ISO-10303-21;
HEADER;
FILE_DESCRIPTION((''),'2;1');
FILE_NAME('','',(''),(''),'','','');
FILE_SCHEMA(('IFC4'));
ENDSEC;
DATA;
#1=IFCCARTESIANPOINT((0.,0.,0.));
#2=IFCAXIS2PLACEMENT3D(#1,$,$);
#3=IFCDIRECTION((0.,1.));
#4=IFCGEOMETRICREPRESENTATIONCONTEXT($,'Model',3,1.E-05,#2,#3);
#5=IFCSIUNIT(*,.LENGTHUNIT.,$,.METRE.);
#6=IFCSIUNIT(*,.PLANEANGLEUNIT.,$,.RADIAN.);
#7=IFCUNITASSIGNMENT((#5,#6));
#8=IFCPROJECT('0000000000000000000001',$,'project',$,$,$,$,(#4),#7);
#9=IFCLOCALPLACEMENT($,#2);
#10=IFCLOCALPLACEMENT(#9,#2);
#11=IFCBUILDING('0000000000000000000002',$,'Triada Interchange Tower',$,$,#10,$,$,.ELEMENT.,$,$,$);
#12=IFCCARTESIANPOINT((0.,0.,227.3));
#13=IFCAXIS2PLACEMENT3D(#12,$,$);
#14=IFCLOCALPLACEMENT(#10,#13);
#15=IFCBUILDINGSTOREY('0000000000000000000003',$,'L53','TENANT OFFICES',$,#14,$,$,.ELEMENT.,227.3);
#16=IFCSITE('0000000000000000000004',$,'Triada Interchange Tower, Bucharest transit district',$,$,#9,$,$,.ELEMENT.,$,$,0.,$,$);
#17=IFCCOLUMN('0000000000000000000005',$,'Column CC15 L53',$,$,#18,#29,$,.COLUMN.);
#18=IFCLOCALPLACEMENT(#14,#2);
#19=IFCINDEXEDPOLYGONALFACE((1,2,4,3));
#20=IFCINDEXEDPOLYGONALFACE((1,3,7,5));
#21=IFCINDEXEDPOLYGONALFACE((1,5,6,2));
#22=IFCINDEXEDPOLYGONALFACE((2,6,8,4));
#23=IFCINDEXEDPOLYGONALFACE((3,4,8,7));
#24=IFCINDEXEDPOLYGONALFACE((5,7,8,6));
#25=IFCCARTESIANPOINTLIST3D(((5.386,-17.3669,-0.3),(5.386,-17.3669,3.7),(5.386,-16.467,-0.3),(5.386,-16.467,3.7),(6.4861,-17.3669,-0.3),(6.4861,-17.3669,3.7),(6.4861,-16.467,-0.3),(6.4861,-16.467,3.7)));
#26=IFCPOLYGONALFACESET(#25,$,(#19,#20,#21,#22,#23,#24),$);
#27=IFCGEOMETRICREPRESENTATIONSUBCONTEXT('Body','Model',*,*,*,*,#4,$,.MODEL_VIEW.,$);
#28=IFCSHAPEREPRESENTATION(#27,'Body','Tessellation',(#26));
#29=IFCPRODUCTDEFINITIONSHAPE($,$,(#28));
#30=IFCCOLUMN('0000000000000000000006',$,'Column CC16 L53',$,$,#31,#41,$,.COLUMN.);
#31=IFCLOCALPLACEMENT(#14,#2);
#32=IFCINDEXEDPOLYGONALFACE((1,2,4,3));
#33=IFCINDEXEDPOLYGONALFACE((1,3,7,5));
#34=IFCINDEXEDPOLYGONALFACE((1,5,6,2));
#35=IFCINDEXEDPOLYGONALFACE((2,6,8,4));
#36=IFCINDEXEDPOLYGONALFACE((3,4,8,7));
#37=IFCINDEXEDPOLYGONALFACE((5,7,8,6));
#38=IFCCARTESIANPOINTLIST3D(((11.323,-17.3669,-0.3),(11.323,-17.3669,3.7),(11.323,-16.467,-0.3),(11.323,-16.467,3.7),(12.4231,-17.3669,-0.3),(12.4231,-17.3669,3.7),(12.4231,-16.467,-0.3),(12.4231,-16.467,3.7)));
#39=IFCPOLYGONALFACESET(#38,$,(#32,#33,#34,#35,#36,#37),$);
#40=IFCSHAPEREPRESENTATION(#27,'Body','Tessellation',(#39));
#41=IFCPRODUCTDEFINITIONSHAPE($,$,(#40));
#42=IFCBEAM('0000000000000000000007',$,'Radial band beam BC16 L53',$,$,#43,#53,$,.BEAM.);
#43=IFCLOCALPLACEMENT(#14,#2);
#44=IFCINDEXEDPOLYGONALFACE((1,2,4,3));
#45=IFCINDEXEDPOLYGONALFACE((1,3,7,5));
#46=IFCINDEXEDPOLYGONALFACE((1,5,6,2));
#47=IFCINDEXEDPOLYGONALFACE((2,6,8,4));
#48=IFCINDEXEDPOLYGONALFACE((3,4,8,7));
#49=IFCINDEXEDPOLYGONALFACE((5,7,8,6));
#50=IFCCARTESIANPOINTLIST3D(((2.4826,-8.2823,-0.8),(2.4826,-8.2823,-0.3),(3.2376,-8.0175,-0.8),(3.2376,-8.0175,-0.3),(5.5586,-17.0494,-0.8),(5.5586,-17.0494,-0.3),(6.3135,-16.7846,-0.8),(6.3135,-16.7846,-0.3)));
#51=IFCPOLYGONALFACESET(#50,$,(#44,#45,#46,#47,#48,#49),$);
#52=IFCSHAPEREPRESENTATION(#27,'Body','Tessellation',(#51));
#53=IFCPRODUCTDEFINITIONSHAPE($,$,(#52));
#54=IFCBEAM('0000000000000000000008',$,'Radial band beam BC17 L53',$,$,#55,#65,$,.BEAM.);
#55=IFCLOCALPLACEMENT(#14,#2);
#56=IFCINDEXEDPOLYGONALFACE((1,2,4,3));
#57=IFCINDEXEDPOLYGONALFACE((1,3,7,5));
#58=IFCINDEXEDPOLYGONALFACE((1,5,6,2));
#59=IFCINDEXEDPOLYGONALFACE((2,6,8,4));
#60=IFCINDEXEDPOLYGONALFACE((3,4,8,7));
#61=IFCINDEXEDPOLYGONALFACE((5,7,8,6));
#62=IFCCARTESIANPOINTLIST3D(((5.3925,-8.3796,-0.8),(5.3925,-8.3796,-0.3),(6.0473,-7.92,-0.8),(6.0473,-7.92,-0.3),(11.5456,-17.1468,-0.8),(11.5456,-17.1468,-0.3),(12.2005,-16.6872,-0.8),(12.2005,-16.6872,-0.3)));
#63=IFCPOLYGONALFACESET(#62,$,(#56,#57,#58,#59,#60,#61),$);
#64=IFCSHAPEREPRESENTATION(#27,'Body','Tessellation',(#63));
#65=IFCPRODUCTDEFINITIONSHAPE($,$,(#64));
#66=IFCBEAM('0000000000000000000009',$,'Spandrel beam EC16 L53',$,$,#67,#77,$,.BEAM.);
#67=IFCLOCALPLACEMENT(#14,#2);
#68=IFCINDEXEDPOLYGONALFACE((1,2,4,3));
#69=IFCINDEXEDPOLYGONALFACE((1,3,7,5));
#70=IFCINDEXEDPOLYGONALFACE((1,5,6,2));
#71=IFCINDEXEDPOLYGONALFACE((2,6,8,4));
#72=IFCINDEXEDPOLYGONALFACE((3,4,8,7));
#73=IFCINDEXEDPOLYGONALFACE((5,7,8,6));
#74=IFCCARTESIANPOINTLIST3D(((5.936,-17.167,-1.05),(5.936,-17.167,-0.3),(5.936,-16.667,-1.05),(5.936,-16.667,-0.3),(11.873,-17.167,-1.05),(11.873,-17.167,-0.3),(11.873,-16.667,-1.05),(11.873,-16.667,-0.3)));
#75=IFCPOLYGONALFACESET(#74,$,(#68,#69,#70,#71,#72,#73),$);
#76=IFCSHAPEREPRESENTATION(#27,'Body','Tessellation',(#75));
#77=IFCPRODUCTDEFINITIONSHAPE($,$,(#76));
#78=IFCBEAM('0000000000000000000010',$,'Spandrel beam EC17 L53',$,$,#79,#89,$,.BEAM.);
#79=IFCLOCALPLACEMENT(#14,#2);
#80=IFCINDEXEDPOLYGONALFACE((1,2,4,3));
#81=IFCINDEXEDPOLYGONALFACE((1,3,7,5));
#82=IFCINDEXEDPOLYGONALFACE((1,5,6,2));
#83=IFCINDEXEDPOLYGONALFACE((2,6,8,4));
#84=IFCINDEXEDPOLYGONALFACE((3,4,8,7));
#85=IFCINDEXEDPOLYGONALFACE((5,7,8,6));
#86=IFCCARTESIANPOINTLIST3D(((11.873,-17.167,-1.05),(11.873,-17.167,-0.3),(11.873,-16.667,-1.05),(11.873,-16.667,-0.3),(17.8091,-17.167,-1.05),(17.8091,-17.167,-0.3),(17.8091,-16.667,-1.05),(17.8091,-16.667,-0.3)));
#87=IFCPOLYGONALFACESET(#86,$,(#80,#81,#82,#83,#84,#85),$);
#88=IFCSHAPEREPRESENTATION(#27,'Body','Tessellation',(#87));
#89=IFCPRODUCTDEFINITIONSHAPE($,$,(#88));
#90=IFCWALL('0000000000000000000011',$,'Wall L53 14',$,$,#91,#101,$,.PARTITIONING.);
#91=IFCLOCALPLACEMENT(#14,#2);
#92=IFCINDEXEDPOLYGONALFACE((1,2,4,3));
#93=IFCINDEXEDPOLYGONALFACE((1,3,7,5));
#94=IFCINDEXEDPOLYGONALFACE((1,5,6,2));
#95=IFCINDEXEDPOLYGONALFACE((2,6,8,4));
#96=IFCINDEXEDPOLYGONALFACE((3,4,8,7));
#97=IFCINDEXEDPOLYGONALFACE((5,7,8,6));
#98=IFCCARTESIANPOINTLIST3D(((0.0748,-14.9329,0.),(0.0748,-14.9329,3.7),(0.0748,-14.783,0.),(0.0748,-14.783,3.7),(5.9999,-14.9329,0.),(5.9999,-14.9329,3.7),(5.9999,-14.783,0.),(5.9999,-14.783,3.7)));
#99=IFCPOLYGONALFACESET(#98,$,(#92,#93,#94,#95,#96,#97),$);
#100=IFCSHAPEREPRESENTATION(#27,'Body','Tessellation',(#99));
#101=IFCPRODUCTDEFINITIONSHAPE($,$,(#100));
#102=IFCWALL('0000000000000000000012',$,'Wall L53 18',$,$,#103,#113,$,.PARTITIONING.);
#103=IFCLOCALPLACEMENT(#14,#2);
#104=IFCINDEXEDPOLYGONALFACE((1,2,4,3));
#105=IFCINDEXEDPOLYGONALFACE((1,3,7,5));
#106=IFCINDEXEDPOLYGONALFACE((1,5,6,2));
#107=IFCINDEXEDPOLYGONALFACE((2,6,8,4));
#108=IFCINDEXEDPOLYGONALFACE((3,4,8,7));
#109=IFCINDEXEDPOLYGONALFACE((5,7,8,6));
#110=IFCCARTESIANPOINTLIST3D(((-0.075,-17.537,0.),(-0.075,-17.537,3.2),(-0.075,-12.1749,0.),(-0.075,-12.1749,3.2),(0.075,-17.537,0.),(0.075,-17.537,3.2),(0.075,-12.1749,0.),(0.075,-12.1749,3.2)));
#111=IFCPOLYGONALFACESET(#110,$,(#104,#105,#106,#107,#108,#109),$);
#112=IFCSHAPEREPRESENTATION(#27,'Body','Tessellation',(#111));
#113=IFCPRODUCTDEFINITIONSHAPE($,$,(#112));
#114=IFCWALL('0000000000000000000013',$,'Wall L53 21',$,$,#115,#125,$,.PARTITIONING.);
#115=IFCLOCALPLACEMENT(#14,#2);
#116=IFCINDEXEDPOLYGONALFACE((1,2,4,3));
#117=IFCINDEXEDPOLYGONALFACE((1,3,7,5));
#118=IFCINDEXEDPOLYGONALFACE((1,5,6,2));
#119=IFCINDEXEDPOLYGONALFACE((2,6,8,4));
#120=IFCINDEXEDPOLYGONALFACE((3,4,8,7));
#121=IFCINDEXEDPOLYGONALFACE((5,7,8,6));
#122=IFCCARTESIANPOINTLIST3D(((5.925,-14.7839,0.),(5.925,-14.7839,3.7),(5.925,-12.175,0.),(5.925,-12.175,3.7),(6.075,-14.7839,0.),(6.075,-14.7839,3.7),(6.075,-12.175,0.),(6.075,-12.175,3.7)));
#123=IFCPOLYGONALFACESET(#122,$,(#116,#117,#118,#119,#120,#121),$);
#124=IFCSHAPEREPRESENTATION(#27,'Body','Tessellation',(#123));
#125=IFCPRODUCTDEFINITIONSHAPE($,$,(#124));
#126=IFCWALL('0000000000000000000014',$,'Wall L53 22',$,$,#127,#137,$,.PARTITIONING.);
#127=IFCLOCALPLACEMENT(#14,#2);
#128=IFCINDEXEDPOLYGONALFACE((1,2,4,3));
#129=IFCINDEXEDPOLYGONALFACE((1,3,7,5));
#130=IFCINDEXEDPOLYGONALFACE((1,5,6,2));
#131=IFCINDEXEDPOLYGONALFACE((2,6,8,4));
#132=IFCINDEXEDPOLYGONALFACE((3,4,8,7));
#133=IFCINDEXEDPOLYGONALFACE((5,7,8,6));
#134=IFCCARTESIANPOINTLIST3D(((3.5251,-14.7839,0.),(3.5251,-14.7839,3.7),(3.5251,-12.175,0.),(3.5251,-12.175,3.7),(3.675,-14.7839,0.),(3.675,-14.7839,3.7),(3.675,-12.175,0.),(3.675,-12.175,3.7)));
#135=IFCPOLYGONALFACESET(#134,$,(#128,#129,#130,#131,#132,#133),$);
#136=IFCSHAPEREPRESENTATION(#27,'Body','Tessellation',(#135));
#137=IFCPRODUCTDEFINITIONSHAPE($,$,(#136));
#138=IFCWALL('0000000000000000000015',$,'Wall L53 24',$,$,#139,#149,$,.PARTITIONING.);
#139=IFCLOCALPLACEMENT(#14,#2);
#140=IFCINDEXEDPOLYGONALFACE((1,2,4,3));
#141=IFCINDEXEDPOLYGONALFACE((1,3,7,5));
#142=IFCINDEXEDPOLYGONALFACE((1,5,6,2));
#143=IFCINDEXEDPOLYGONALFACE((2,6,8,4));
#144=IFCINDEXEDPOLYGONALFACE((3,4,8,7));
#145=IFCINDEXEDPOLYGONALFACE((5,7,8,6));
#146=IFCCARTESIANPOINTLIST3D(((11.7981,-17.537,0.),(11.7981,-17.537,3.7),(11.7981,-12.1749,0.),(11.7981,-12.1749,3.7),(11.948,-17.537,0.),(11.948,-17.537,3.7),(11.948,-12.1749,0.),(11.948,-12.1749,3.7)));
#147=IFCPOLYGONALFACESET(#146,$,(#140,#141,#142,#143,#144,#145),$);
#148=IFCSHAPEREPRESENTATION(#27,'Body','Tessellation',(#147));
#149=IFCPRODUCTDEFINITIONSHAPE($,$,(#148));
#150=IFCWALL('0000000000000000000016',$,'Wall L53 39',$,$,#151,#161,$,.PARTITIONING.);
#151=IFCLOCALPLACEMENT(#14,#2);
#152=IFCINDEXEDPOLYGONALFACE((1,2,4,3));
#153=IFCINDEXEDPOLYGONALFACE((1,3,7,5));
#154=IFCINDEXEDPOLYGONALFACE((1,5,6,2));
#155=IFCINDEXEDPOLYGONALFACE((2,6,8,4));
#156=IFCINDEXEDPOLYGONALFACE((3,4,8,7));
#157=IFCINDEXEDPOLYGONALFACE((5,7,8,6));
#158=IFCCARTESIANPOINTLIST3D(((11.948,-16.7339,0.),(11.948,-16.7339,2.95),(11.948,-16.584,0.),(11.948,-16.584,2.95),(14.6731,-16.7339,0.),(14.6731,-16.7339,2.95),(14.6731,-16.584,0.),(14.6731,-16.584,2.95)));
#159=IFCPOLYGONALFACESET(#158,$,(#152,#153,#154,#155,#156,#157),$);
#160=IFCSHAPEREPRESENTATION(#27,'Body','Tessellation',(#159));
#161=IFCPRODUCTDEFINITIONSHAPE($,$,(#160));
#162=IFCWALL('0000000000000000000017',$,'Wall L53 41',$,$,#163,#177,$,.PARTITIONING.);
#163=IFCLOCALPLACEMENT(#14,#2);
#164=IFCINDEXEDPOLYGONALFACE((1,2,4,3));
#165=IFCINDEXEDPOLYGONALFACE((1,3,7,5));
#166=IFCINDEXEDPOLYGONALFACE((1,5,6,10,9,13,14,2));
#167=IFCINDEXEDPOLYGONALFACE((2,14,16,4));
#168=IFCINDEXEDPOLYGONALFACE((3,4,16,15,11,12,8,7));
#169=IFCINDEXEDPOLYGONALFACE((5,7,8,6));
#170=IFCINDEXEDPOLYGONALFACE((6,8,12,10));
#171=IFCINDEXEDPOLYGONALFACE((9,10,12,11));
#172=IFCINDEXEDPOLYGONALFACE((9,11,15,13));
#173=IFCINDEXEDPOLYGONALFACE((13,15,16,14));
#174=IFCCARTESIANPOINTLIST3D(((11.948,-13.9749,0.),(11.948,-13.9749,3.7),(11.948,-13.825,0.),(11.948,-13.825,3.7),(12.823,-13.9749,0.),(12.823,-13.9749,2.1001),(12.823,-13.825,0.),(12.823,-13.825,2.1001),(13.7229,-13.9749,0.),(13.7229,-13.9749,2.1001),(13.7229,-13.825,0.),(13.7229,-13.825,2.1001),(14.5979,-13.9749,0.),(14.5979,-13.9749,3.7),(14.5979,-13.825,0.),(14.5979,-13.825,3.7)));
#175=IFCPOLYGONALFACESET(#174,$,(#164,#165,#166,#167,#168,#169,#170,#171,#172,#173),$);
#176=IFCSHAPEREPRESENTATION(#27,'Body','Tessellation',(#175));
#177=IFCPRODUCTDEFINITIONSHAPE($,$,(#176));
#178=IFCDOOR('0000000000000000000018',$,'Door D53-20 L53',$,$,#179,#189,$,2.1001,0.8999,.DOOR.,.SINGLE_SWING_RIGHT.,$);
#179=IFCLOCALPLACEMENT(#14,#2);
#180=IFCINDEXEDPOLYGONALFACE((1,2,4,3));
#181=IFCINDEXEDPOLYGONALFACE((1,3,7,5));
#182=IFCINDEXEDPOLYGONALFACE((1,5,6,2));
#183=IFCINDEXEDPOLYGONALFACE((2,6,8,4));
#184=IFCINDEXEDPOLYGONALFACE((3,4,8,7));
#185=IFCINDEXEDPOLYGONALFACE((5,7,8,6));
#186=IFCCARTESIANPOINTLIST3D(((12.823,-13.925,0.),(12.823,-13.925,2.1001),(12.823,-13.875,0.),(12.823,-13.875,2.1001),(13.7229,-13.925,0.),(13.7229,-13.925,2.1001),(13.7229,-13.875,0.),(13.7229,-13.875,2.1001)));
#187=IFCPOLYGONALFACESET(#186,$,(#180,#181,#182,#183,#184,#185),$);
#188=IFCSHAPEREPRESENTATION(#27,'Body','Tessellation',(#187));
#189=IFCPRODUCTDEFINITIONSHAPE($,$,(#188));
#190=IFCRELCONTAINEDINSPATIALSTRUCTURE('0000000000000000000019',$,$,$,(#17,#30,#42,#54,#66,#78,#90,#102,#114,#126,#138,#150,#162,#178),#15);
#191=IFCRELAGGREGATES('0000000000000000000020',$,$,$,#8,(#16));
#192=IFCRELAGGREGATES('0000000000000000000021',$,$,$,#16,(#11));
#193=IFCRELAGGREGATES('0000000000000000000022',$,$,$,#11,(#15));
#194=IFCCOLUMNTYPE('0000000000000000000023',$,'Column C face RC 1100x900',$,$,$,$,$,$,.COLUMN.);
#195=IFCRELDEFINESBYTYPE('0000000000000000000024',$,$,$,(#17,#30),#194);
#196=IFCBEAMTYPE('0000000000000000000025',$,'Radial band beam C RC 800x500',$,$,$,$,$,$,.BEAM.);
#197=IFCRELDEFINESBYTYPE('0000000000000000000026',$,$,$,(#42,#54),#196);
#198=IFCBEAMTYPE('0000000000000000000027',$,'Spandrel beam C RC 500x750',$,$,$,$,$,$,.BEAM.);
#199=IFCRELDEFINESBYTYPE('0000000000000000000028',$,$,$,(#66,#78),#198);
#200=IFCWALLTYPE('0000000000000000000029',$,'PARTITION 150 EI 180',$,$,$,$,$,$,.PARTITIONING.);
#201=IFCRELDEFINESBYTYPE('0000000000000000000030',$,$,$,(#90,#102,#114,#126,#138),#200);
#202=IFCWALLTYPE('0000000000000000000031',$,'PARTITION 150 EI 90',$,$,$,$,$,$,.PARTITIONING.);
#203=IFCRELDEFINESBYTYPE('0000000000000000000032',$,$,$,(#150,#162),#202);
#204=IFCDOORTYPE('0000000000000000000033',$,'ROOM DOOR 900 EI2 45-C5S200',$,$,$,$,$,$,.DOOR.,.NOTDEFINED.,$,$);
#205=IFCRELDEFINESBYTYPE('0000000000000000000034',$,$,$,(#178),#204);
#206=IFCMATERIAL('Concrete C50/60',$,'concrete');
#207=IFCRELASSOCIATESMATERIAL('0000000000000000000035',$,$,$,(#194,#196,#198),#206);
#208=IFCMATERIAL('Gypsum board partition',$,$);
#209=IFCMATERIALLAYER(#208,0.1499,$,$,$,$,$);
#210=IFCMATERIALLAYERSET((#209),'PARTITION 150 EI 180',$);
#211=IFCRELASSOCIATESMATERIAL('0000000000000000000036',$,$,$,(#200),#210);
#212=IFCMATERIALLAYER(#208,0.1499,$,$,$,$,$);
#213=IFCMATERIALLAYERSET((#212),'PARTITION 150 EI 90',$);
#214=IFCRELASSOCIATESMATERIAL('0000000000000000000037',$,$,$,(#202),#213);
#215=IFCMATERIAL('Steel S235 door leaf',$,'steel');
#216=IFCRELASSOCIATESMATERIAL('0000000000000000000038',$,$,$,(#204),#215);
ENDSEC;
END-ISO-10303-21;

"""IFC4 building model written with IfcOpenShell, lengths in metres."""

from ifc_helpers import new_model, si_unit, direction, frame, frame_2d, origin, origin_2d, place, context, subcontext, project, spatial, rectangle, extrude, material, layer, layer_set, material_profile, profile_set, type_object, element, fill, save


model = new_model("IFC4")

# Units and contexts
model_context = context("Model", 3, precision=1e-05, world=origin(), true_north=direction((0.0, 1.0)))
body_context = subcontext(model_context, "Body", "Model", "MODEL_VIEW")
ifc_project = project(units=[si_unit("LENGTHUNIT", "METRE"), si_unit("PLANEANGLEUNIT", "RADIAN")], contexts=[model_context])

# Site, building, storey
site_placement = place(None, origin())
site = spatial("IfcSite", under=ifc_project, at=site_placement, Name="Triada Interchange Tower, Bucharest transit district", CompositionType="ELEMENT", RefElevation=0.0)
building_placement = place(site_placement, origin())
building = spatial("IfcBuilding", under=site, at=building_placement, Name="Triada Interchange Tower", CompositionType="ELEMENT")
storey_placement = place(building_placement, frame((0.0, 0.0, 227.3)))
storey = spatial("IfcBuildingStorey", under=building, at=storey_placement, Name="L53", Description="TENANT OFFICES", CompositionType="ELEMENT", Elevation=227.3)

# Columns
ifc_material_1 = material(Name="Concrete C50/60", Category="concrete")
ifc_material_profile_1 = material_profile(ifc_material_1, rectangle(XDim=1.1001, YDim=0.8999, at=origin_2d()), Name="RC 1100x900")
ifc_profile_set_1 = profile_set([ifc_material_profile_1], Name="Concrete C50/60")
column_type = type_object("IfcColumnType", Name="Column C face RC 1100x900", PredefinedType="COLUMN", material=ifc_profile_set_1)
for number, where, z_axis, x_axis, name in (
    (1, (5.936, -16.917, -0.3), (0.0, 0.0, 1.0), (1.0, 0.0, 0.0), "Column CC15 L53"),
    (2, (11.873, -16.917, -0.3), (0.0, 0.0, 1.0), (1.0, 0.0, 0.0), "Column CC16 L53"),
):
    element("IfcColumn", number, at=place(storey_placement, frame(where, z_axis=z_axis, x_axis=x_axis)), inside=storey, type_object=column_type, Name=name, PredefinedType="COLUMN", context=body_context, shape_type="SweptSolid", body=[
        extrude(rectangle(XDim=1.1001, YDim=0.8999, at=origin_2d()), origin(), (0.0, 0.0, 1.0), 4.0),
    ])

# Beams
ifc_material_profile_2 = material_profile(ifc_material_1, rectangle(XDim=0.8, YDim=0.5, at=origin_2d()), Name="RC 800x500")
ifc_profile_set_2 = profile_set([ifc_material_profile_2], Name="Concrete C50/60")
beam_type_1 = type_object("IfcBeamType", Name="Radial band beam C RC 800x500", PredefinedType="BEAM", material=ifc_profile_set_2)
beam_1_placement = place(storey_placement, frame((5.936, -16.917, -0.55), z_axis=(-0.331064, 0.943608, 0.0), x_axis=(-0.943608, -0.331064, 0.0)))
element("IfcBeam", 3, at=beam_1_placement, inside=storey, type_object=beam_type_1, Name="Radial band beam BC16 L53", PredefinedType="BEAM", context=body_context, shape_type="SweptSolid", body=[
    extrude(rectangle(XDim=0.8, YDim=0.5, at=origin_2d()), origin(), (0.0, 0.0, 1.0), 9.291),
])
beam_2_placement = place(storey_placement, frame((11.873, -16.917, -0.55), z_axis=(-0.574472, 0.818525, 0.0), x_axis=(-0.818525, -0.574472, 0.0)))
element("IfcBeam", 4, at=beam_2_placement, inside=storey, type_object=beam_type_1, Name="Radial band beam BC17 L53", PredefinedType="BEAM", context=body_context, shape_type="SweptSolid", body=[
    extrude(rectangle(XDim=0.8, YDim=0.5, at=origin_2d()), origin(), (0.0, 0.0, 1.0), 10.7109),
])
ifc_material_profile_3 = material_profile(ifc_material_1, rectangle(XDim=0.5, YDim=0.75, at=origin_2d()), Name="RC 500x750")
ifc_profile_set_3 = profile_set([ifc_material_profile_3], Name="Concrete C50/60")
beam_type_2 = type_object("IfcBeamType", Name="Spandrel beam C RC 500x750", PredefinedType="BEAM", material=ifc_profile_set_3)
beam_3_placement = place(storey_placement, frame((5.936, -16.917, -0.675), z_axis=(1.0, 0.0, 0.0), x_axis=(0.0, 1.0, 0.0)))
element("IfcBeam", 5, at=beam_3_placement, inside=storey, type_object=beam_type_2, Name="Spandrel beam EC16 L53", PredefinedType="BEAM", context=body_context, shape_type="SweptSolid", body=[
    extrude(rectangle(XDim=0.5, YDim=0.75, at=origin_2d()), origin(), (0.0, 0.0, 1.0), 5.937),
])
beam_4_placement = place(storey_placement, frame((11.873, -16.917, -0.675), z_axis=(1.0, 0.0, 0.0), x_axis=(0.0, 1.0, 0.0)))
element("IfcBeam", 6, at=beam_4_placement, inside=storey, type_object=beam_type_2, Name="Spandrel beam EC17 L53", PredefinedType="BEAM", context=body_context, shape_type="SweptSolid", body=[
    extrude(rectangle(XDim=0.5, YDim=0.75, at=origin_2d()), origin(), (0.0, 0.0, 1.0), 5.936),
])

# Walls
ifc_material_2 = material(Name="Gypsum board partition")
ifc_layer_1 = layer(ifc_material_2, 0.1499)
ifc_layer_set_1 = layer_set([ifc_layer_1], Name="PARTITION 150 EI 180")
wall_type_1 = type_object("IfcWallType", Name="PARTITION 150 EI 180", PredefinedType="PARTITIONING", material=ifc_layer_set_1)
wall_1_placement = place(storey_placement, frame((0.075, -14.8579, 0.0), z_axis=(0.0, 0.0, 1.0), x_axis=(1.0, 0.0, 0.0)))
element("IfcWall", 7, at=wall_1_placement, inside=storey, type_object=wall_type_1, Name="Wall L53 14", PredefinedType="PARTITIONING", context=body_context, shape_type="SweptSolid", body=[
    extrude(rectangle(XDim=5.925, YDim=0.1499, at=frame_2d((2.9624, 0.0))), origin(), (0.0, 0.0, 1.0), 3.7),
])
wall_2_placement = place(storey_placement, frame((0.0, -17.5371, 0.0), z_axis=(0.0, 0.0, 1.0), x_axis=(0.0, 1.0, 0.0)))
element("IfcWall", 8, at=wall_2_placement, inside=storey, type_object=wall_type_1, Name="Wall L53 18", PredefinedType="PARTITIONING", context=body_context, shape_type="SweptSolid", body=[
    extrude(rectangle(XDim=5.3621, YDim=0.1499, at=frame_2d((2.6812, 0.0))), origin(), (0.0, 0.0, 1.0), 3.2),
])
for number, where, z_axis, x_axis, name in (
    (9, (6.0, -14.7839, 0.0), (0.0, 0.0, 1.0), (0.0, 1.0, 0.0), "Wall L53 21"),
    (10, (3.6001, -14.7839, 0.0), (0.0, 0.0, 1.0), (0.0, 1.0, 0.0), "Wall L53 22"),
):
    element("IfcWall", number, at=place(storey_placement, frame(where, z_axis=z_axis, x_axis=x_axis)), inside=storey, type_object=wall_type_1, Name=name, PredefinedType="PARTITIONING", context=body_context, shape_type="SweptSolid", body=[
        extrude(rectangle(XDim=2.6089, YDim=0.1499, at=frame_2d((1.3044, 0.0))), origin(), (0.0, 0.0, 1.0), 3.7),
    ])
wall_3_placement = place(storey_placement, frame((11.873, -17.5371, 0.0), z_axis=(0.0, 0.0, 1.0), x_axis=(0.0, 1.0, 0.0)))
element("IfcWall", 11, at=wall_3_placement, inside=storey, type_object=wall_type_1, Name="Wall L53 24", PredefinedType="PARTITIONING", context=body_context, shape_type="SweptSolid", body=[
    extrude(rectangle(XDim=5.3621, YDim=0.1499, at=frame_2d((2.6812, 0.0))), origin(), (0.0, 0.0, 1.0), 3.7),
])
ifc_layer_2 = layer(ifc_material_2, 0.1499)
ifc_layer_set_2 = layer_set([ifc_layer_2], Name="PARTITION 150 EI 90")
wall_type_2 = type_object("IfcWallType", Name="PARTITION 150 EI 90", PredefinedType="PARTITIONING", material=ifc_layer_set_2)
wall_4_placement = place(storey_placement, frame((11.948, -16.6589, 0.0), z_axis=(0.0, 0.0, 1.0), x_axis=(1.0, 0.0, 0.0)))
element("IfcWall", 12, at=wall_4_placement, inside=storey, type_object=wall_type_2, Name="Wall L53 39", PredefinedType="PARTITIONING", context=body_context, shape_type="SweptSolid", body=[
    extrude(rectangle(XDim=2.7251, YDim=0.1499, at=frame_2d((1.3625, 0.0))), origin(), (0.0, 0.0, 1.0), 2.95),
])

# Wall, opening, door
wall_5_placement = place(storey_placement, frame((11.948, -13.8999, 0.0), z_axis=(0.0, 0.0, 1.0), x_axis=(1.0, 0.0, 0.0)))
wall_5 = element("IfcWall", 13, at=wall_5_placement, inside=storey, type_object=wall_type_2, Name="Wall L53 41", PredefinedType="PARTITIONING", context=body_context, shape_type="SweptSolid", body=[
    extrude(rectangle(XDim=2.6499, YDim=0.1499, at=frame_2d((1.325, 0.0))), origin(), (0.0, 0.0, 1.0), 3.7),
])
opening_placement = place(wall_5_placement, frame((0.875, 0.0, 0.0)))
opening = element("IfcOpeningElement", 14, at=opening_placement, cuts=wall_5, PredefinedType="OPENING", context=body_context, shape_type="SweptSolid", body=[
    extrude(rectangle(XDim=0.8999, YDim=2.1001, at=frame_2d((0.45, 1.05))), frame((0.0, 0.085, 0.0), z_axis=(0.0, -1.0, 0.0), x_axis=(1.0, 0.0, 0.0)), (0.0, 0.0, 1.0), 0.1699),
])
ifc_material_3 = material(Name="Steel S235 door leaf", Category="steel")
door_type = type_object("IfcDoorType", Name="ROOM DOOR 900 EI2 45-C5S200", OperationType="NOTDEFINED", PredefinedType="DOOR", material=ifc_material_3)
door_placement = place(opening_placement, origin())
door = element("IfcDoor", 15, at=door_placement, inside=storey, type_object=door_type, Name="Door D53-20 L53", OperationType="SINGLE_SWING_RIGHT", OverallHeight=2.1001, OverallWidth=0.8999, PredefinedType="DOOR", context=body_context, shape_type="SweptSolid", body=[
    extrude(rectangle(XDim=0.8999, YDim=2.1001, at=frame_2d((0.45, 1.05))), frame((0.0, 0.0249, 0.0), z_axis=(0.0, -1.0, 0.0), x_axis=(1.0, 0.0, 0.0)), (0.0, 0.0, 1.0), 0.05),
])
fill(opening, door)

save(model, "model.ifc")
